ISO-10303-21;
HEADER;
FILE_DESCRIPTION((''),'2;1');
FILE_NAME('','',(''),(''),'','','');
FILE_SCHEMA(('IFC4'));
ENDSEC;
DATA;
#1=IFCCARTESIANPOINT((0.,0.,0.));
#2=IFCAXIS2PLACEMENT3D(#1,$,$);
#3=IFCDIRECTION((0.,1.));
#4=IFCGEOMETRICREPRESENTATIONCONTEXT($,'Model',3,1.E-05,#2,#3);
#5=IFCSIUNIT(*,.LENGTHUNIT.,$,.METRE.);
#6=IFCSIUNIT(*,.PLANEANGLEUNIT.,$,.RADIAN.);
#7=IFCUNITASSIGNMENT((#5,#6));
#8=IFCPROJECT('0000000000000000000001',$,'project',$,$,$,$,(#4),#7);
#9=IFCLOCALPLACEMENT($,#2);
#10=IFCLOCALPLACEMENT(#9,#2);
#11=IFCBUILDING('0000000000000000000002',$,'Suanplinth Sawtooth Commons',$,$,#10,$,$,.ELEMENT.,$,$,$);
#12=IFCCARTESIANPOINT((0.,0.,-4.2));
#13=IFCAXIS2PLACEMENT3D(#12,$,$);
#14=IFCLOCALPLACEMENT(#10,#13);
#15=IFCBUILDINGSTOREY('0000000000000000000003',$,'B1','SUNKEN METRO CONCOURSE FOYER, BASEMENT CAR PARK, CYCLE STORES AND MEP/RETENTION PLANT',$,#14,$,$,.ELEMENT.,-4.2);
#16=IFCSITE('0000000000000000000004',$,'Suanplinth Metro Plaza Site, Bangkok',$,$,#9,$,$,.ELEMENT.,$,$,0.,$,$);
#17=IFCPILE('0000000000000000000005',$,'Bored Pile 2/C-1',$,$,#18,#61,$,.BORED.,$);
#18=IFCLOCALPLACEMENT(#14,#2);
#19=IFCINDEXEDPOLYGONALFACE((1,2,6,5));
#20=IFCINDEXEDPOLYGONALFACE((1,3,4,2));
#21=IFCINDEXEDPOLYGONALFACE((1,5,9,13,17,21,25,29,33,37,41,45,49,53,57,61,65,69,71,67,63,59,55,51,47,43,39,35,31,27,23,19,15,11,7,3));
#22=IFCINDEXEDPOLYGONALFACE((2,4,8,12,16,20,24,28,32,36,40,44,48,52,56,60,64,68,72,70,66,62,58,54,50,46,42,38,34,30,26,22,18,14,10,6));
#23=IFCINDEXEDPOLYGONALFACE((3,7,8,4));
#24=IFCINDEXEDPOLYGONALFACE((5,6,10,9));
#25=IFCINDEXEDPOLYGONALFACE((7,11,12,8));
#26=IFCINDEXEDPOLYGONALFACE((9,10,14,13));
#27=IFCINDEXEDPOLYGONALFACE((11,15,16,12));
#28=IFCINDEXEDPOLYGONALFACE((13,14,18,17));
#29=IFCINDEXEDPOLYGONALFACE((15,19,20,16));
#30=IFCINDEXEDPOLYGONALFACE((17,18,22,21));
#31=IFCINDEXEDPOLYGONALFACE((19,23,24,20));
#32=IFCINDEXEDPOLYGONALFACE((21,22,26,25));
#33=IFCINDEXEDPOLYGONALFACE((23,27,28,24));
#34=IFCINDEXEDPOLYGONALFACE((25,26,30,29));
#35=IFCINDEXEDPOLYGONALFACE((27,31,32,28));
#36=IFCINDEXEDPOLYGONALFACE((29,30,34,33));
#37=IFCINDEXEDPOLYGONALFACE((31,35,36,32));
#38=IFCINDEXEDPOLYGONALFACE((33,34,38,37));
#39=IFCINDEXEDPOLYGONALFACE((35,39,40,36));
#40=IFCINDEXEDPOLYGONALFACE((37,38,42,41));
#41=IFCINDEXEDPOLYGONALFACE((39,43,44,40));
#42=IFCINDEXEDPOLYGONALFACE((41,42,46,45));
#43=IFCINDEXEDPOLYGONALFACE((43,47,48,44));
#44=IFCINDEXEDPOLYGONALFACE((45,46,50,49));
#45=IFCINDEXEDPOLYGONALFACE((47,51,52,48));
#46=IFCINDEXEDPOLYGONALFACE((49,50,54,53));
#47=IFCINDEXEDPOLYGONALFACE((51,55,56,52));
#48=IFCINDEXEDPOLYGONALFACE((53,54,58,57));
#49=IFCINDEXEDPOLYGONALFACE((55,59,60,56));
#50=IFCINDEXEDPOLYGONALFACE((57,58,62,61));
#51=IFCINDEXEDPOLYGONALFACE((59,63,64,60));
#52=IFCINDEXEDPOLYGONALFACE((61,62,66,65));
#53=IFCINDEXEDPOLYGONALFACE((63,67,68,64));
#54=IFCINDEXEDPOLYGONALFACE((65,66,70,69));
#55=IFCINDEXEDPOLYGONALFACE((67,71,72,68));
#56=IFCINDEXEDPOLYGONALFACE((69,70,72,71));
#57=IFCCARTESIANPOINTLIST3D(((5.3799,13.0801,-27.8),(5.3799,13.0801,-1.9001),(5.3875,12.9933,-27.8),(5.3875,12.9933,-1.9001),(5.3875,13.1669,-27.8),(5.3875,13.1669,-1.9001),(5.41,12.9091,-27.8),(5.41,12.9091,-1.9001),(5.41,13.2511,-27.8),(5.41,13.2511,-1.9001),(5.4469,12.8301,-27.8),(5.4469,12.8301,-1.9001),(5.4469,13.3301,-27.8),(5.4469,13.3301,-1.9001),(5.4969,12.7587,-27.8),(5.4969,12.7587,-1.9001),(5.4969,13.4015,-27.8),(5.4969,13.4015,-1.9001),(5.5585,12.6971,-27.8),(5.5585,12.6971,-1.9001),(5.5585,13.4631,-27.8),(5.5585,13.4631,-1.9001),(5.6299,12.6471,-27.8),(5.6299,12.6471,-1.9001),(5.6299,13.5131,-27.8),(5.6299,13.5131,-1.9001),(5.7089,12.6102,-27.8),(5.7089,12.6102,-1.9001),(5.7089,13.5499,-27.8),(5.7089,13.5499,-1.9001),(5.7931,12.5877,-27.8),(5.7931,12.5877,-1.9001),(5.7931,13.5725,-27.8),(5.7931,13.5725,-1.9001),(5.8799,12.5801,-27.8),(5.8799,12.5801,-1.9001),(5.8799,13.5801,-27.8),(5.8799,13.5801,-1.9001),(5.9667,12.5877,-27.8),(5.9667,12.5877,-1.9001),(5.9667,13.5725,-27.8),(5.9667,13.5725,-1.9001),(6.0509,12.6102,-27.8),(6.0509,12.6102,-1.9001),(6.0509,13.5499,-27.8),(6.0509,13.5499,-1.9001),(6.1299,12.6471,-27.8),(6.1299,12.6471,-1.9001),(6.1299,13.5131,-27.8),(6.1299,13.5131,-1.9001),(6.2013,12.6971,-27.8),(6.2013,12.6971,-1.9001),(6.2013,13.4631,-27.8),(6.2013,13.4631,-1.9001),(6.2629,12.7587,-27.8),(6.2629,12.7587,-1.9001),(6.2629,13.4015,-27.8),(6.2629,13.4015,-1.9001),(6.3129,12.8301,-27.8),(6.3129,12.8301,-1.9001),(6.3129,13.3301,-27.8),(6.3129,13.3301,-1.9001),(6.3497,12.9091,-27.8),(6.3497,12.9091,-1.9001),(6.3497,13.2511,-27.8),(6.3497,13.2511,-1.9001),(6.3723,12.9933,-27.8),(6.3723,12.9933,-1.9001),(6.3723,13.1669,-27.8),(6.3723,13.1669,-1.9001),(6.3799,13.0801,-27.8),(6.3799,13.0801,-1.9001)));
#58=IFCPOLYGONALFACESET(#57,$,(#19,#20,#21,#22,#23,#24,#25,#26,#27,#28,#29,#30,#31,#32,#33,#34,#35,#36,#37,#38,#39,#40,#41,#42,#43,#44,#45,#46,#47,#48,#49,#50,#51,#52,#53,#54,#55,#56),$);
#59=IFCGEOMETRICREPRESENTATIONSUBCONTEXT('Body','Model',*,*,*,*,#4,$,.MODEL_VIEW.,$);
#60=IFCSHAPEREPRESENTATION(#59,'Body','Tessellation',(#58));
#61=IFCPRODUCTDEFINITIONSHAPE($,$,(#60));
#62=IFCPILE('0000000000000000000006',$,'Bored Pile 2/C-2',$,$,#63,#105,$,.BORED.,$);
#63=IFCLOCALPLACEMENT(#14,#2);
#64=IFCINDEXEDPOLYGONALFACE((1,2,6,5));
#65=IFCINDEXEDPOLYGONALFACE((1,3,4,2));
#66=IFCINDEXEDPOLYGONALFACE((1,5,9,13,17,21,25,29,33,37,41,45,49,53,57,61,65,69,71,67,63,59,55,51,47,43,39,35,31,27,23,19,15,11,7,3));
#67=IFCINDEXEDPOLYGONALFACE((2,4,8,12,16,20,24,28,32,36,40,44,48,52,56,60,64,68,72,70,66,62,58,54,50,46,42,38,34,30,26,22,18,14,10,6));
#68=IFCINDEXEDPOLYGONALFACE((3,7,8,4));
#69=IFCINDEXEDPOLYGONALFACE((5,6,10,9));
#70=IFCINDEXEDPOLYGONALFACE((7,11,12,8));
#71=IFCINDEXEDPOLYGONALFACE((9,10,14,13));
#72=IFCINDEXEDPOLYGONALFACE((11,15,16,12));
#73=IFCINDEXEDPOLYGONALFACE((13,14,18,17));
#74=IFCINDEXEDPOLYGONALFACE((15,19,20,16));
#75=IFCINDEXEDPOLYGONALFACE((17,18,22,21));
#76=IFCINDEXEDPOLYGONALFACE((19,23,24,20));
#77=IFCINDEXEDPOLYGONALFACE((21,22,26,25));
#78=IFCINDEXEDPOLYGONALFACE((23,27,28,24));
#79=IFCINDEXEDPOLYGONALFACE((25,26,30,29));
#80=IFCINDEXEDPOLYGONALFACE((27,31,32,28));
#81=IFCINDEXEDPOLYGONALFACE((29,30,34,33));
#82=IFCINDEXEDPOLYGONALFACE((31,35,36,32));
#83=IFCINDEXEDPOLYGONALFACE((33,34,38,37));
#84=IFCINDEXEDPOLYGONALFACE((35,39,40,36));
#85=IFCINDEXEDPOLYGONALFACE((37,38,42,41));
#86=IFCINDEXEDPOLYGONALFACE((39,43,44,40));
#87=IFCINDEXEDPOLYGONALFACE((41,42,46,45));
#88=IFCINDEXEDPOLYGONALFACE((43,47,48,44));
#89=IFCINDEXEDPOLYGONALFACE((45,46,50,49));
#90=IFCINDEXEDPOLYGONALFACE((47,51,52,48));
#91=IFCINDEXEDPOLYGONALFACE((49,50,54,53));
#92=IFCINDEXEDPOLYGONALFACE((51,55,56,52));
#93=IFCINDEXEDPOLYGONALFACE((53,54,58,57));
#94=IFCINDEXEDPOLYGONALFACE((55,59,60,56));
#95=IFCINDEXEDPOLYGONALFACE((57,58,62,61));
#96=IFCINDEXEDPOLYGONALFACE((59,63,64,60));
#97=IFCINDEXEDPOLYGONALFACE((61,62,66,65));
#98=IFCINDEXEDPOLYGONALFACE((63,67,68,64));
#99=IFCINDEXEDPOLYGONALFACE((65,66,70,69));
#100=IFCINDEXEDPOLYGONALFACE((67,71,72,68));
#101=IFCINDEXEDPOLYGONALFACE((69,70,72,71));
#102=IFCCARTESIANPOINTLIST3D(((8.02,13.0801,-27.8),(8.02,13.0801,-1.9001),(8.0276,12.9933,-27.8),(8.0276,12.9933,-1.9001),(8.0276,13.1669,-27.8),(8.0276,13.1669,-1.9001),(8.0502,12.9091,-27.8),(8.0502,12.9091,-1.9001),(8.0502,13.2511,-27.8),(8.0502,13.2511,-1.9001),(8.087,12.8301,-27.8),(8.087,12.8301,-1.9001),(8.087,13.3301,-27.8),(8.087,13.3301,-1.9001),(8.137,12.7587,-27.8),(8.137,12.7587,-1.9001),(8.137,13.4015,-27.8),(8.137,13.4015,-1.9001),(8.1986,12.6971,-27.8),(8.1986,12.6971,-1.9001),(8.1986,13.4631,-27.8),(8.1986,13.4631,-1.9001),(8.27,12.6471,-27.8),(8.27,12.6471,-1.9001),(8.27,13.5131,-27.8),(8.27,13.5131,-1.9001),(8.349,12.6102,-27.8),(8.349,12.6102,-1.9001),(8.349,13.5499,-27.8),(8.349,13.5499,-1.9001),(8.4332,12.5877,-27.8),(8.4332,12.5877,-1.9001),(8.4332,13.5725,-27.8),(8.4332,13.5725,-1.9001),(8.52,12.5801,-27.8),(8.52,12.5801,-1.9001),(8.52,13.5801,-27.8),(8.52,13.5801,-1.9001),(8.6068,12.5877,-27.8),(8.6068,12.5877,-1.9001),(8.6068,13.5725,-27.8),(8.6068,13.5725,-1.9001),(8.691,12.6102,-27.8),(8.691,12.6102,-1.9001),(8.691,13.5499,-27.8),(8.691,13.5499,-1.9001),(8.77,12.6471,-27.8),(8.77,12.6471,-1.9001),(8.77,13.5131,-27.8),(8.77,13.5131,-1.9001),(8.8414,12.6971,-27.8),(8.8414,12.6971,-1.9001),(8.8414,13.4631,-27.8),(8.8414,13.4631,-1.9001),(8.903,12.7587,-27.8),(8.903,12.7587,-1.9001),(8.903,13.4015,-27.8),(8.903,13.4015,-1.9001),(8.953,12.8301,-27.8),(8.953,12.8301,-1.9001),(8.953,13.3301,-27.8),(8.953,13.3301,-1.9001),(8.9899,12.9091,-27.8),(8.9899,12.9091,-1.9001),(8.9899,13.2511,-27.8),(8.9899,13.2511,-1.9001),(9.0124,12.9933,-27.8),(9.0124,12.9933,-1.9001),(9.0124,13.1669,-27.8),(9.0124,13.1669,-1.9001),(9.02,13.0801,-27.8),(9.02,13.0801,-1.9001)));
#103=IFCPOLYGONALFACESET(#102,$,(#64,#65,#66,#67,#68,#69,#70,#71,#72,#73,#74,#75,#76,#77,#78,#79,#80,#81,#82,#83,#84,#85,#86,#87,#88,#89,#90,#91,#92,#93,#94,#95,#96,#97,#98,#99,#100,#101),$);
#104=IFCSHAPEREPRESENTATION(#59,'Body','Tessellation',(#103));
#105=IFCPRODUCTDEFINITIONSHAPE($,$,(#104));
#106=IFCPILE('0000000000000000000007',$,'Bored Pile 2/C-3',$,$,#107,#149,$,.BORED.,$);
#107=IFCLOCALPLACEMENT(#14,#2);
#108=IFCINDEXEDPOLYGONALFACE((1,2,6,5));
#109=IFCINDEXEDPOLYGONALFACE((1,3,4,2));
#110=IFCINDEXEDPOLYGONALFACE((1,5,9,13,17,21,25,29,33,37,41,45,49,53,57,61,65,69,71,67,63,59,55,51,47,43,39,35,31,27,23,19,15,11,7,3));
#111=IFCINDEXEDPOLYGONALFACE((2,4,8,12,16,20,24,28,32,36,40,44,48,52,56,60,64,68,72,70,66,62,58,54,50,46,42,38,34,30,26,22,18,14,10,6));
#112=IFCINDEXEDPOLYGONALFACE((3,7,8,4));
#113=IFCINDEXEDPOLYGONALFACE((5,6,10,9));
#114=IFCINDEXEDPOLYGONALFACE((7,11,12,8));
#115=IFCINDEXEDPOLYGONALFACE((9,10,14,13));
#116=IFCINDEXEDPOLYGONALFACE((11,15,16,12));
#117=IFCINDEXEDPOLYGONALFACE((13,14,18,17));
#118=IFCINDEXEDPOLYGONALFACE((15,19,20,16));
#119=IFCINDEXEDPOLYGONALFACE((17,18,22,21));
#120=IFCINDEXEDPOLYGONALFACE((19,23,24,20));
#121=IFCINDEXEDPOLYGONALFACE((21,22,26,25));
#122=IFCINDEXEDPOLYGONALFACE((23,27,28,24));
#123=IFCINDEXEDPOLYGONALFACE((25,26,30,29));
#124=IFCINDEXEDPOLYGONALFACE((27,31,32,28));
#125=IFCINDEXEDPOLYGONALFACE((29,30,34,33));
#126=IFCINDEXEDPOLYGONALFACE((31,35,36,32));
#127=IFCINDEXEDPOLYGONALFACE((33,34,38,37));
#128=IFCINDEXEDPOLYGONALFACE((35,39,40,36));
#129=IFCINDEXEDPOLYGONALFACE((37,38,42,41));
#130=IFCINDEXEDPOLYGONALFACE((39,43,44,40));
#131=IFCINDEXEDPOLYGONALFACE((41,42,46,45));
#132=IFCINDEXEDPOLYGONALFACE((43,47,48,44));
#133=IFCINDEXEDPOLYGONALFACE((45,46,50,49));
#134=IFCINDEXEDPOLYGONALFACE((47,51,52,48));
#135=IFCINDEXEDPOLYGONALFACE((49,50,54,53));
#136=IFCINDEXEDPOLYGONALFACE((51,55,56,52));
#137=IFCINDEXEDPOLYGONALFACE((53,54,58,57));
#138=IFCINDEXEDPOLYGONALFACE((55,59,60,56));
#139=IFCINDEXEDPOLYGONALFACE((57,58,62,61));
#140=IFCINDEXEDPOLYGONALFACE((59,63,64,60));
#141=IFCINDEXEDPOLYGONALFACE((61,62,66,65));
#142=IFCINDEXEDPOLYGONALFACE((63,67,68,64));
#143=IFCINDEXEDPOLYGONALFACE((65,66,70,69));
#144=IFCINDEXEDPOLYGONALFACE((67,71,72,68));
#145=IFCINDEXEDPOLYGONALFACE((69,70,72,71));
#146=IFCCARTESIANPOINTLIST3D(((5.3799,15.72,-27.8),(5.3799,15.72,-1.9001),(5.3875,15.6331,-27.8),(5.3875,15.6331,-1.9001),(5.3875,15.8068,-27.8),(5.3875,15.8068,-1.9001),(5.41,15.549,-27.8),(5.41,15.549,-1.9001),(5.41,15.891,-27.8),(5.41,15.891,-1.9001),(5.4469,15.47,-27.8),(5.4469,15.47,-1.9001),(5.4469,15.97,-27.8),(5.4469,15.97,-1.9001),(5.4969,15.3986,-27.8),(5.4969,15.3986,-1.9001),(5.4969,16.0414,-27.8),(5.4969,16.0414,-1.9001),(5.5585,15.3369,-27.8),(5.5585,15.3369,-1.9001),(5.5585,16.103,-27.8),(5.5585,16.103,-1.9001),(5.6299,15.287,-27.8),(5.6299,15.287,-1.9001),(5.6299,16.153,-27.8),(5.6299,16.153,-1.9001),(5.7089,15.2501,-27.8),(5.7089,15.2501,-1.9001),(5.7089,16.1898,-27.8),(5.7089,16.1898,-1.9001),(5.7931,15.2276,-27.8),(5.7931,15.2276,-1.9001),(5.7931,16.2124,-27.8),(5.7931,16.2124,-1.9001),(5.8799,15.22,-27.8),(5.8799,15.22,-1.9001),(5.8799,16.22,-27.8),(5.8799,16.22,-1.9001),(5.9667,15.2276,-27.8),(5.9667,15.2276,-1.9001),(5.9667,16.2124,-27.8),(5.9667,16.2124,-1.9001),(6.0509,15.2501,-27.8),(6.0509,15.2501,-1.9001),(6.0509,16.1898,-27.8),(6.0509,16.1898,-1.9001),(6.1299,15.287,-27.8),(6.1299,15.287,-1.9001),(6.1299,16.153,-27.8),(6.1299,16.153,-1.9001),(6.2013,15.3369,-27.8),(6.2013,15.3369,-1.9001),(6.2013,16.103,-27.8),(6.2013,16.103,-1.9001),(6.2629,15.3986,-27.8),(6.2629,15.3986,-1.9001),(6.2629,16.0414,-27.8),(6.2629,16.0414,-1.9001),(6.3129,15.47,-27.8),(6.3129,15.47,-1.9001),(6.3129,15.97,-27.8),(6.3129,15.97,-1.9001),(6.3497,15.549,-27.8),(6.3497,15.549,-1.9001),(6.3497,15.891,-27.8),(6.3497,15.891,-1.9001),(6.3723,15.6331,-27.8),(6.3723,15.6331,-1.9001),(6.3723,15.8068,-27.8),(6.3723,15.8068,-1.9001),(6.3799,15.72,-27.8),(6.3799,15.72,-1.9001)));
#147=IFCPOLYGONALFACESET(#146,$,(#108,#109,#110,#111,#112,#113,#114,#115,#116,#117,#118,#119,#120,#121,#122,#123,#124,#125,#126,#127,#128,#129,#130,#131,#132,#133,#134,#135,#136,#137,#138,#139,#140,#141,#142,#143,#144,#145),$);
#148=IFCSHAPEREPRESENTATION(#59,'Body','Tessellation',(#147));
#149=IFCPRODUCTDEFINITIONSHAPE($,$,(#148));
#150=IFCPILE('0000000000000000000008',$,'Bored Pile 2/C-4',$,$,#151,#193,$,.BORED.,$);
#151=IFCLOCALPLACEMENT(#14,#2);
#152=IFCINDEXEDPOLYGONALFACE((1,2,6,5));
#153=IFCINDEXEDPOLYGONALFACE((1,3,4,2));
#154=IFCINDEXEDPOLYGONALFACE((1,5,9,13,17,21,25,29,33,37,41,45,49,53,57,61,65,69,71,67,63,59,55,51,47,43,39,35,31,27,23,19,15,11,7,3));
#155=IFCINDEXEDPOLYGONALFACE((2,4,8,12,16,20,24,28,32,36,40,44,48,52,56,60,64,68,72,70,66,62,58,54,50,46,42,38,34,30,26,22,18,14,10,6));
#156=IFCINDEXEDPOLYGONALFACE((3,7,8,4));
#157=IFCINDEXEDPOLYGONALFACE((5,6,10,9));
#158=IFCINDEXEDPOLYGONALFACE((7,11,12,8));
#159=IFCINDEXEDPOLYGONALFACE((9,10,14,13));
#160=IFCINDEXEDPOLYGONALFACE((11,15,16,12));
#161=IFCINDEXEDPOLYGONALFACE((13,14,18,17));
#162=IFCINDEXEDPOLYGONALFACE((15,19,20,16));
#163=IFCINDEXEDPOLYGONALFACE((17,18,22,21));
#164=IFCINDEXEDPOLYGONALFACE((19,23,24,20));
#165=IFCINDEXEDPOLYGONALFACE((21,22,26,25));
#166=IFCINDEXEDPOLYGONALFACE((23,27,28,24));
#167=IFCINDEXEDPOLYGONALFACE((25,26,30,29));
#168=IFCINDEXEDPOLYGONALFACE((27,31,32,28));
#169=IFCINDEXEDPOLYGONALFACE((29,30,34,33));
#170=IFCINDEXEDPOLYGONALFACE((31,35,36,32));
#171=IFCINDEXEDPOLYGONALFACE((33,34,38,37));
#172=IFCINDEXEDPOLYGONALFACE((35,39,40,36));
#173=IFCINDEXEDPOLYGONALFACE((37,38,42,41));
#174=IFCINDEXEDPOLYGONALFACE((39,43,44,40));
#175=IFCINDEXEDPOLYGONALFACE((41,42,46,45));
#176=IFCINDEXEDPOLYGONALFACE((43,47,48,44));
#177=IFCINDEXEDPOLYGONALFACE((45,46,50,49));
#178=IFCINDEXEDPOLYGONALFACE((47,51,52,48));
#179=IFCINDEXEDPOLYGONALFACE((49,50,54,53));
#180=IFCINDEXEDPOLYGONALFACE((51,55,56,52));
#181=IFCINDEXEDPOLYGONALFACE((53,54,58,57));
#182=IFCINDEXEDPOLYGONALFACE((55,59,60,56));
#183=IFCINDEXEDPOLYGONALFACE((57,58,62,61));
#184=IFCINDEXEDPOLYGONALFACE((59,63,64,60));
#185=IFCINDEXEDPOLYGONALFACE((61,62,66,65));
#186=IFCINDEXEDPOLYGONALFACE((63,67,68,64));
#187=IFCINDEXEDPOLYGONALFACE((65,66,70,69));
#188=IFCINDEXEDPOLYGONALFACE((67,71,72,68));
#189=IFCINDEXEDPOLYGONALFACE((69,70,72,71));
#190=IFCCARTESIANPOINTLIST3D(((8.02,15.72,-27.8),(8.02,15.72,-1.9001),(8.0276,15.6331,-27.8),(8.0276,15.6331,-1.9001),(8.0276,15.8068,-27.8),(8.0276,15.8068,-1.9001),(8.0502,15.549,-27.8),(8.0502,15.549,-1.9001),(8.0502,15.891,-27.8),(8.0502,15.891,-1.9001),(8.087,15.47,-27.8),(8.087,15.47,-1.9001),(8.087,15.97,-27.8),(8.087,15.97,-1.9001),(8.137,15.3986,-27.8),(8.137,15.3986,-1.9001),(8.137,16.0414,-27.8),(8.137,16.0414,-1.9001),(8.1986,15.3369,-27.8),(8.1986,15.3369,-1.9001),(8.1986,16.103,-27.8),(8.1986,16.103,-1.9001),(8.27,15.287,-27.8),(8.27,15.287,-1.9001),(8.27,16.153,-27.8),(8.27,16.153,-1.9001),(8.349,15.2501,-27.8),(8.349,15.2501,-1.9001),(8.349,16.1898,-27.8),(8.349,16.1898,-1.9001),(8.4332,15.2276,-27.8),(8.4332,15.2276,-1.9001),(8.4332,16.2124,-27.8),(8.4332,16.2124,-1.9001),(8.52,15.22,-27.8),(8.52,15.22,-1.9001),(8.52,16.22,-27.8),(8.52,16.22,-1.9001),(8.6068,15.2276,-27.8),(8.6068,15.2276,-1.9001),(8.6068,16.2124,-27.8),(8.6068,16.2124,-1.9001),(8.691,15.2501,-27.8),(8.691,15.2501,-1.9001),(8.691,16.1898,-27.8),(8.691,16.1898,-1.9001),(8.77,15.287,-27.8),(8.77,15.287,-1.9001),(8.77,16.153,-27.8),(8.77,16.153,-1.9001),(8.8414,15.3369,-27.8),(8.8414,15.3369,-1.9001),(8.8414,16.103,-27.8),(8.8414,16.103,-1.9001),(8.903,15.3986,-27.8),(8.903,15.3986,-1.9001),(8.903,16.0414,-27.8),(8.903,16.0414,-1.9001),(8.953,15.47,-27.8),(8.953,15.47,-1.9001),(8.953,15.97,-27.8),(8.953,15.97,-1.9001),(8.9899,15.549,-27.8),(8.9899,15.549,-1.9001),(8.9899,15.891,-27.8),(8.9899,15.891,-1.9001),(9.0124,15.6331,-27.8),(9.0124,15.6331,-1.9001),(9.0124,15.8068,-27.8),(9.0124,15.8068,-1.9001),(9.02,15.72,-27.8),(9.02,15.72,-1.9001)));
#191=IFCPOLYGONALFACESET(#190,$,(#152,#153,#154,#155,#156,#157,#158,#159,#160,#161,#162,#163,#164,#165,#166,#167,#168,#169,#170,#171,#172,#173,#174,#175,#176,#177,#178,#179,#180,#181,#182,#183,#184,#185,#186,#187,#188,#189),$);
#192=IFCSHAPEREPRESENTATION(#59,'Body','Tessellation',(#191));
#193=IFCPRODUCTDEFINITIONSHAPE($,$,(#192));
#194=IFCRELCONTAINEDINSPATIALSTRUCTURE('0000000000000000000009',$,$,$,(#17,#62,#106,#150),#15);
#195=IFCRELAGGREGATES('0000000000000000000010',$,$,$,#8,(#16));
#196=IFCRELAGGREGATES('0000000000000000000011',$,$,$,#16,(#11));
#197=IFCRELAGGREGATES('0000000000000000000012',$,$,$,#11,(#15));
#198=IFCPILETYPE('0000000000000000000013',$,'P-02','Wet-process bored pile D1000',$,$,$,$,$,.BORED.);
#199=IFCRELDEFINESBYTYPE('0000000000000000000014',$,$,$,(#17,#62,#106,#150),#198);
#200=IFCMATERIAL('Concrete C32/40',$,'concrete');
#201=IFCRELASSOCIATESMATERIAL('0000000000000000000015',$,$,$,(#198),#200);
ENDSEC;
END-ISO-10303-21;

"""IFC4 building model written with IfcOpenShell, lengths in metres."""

from ifc_helpers import new_model, si_unit, direction, frame, origin, origin_2d, place, context, subcontext, project, spatial, circle, extrude, material, material_profile, profile_set, type_object, element, save


model = new_model("IFC4")

# Units and contexts
model_context = context("Model", 3, precision=1e-05, world=origin(), true_north=direction((0.0, 1.0)))
body_context = subcontext(model_context, "Body", "Model", "MODEL_VIEW")
ifc_project = project(units=[si_unit("LENGTHUNIT", "METRE"), si_unit("PLANEANGLEUNIT", "RADIAN")], contexts=[model_context])

# Site, building, storey
site_placement = place(None, origin())
site = spatial("IfcSite", under=ifc_project, at=site_placement, Name="Suanplinth Metro Plaza Site, Bangkok", CompositionType="ELEMENT", RefElevation=0.0)
building_placement = place(site_placement, origin())
building = spatial("IfcBuilding", under=site, at=building_placement, Name="Suanplinth Sawtooth Commons", CompositionType="ELEMENT")
storey_placement = place(building_placement, frame((0.0, 0.0, -4.2)))
storey = spatial("IfcBuildingStorey", under=building, at=storey_placement, Name="B1", Description="SUNKEN METRO CONCOURSE FOYER, BASEMENT CAR PARK, CYCLE STORES AND MEP/RETENTION PLANT", CompositionType="ELEMENT", Elevation=-4.2)

# Piles
ifc_material_1 = material(Name="Concrete C32/40", Category="concrete")
ifc_material_profile_1 = material_profile(ifc_material_1, circle(Radius=0.5, at=origin_2d()), Name="PILE D1000")
ifc_profile_set_1 = profile_set([ifc_material_profile_1], Name="Concrete C32/40")
pile_type = type_object("IfcPileType", Name="P-02", Description="Wet-process bored pile D1000", PredefinedType="BORED", material=ifc_profile_set_1)
for number, where, z_axis, x_axis, name in (
    (1, (5.8799, 13.0801, -1.9001), (0.0, 0.0, -1.0), (1.0, 0.0, 0.0), "Bored Pile 2/C-1"),
    (2, (8.52, 13.0801, -1.9001), (0.0, 0.0, -1.0), (1.0, 0.0, 0.0), "Bored Pile 2/C-2"),
    (3, (5.8799, 15.72, -1.9001), (0.0, 0.0, -1.0), (1.0, 0.0, 0.0), "Bored Pile 2/C-3"),
    (4, (8.52, 15.72, -1.9001), (0.0, 0.0, -1.0), (1.0, 0.0, 0.0), "Bored Pile 2/C-4"),
):
    element("IfcPile", number, at=place(storey_placement, frame(where, z_axis=z_axis, x_axis=x_axis)), inside=storey, type_object=pile_type, Name=name, PredefinedType="BORED", context=body_context, shape_type="SweptSolid", body=[
        extrude(circle(Radius=0.5, at=origin_2d()), origin(), (0.0, 0.0, 1.0), 25.8999),
    ])

save(model, "model.ifc")
